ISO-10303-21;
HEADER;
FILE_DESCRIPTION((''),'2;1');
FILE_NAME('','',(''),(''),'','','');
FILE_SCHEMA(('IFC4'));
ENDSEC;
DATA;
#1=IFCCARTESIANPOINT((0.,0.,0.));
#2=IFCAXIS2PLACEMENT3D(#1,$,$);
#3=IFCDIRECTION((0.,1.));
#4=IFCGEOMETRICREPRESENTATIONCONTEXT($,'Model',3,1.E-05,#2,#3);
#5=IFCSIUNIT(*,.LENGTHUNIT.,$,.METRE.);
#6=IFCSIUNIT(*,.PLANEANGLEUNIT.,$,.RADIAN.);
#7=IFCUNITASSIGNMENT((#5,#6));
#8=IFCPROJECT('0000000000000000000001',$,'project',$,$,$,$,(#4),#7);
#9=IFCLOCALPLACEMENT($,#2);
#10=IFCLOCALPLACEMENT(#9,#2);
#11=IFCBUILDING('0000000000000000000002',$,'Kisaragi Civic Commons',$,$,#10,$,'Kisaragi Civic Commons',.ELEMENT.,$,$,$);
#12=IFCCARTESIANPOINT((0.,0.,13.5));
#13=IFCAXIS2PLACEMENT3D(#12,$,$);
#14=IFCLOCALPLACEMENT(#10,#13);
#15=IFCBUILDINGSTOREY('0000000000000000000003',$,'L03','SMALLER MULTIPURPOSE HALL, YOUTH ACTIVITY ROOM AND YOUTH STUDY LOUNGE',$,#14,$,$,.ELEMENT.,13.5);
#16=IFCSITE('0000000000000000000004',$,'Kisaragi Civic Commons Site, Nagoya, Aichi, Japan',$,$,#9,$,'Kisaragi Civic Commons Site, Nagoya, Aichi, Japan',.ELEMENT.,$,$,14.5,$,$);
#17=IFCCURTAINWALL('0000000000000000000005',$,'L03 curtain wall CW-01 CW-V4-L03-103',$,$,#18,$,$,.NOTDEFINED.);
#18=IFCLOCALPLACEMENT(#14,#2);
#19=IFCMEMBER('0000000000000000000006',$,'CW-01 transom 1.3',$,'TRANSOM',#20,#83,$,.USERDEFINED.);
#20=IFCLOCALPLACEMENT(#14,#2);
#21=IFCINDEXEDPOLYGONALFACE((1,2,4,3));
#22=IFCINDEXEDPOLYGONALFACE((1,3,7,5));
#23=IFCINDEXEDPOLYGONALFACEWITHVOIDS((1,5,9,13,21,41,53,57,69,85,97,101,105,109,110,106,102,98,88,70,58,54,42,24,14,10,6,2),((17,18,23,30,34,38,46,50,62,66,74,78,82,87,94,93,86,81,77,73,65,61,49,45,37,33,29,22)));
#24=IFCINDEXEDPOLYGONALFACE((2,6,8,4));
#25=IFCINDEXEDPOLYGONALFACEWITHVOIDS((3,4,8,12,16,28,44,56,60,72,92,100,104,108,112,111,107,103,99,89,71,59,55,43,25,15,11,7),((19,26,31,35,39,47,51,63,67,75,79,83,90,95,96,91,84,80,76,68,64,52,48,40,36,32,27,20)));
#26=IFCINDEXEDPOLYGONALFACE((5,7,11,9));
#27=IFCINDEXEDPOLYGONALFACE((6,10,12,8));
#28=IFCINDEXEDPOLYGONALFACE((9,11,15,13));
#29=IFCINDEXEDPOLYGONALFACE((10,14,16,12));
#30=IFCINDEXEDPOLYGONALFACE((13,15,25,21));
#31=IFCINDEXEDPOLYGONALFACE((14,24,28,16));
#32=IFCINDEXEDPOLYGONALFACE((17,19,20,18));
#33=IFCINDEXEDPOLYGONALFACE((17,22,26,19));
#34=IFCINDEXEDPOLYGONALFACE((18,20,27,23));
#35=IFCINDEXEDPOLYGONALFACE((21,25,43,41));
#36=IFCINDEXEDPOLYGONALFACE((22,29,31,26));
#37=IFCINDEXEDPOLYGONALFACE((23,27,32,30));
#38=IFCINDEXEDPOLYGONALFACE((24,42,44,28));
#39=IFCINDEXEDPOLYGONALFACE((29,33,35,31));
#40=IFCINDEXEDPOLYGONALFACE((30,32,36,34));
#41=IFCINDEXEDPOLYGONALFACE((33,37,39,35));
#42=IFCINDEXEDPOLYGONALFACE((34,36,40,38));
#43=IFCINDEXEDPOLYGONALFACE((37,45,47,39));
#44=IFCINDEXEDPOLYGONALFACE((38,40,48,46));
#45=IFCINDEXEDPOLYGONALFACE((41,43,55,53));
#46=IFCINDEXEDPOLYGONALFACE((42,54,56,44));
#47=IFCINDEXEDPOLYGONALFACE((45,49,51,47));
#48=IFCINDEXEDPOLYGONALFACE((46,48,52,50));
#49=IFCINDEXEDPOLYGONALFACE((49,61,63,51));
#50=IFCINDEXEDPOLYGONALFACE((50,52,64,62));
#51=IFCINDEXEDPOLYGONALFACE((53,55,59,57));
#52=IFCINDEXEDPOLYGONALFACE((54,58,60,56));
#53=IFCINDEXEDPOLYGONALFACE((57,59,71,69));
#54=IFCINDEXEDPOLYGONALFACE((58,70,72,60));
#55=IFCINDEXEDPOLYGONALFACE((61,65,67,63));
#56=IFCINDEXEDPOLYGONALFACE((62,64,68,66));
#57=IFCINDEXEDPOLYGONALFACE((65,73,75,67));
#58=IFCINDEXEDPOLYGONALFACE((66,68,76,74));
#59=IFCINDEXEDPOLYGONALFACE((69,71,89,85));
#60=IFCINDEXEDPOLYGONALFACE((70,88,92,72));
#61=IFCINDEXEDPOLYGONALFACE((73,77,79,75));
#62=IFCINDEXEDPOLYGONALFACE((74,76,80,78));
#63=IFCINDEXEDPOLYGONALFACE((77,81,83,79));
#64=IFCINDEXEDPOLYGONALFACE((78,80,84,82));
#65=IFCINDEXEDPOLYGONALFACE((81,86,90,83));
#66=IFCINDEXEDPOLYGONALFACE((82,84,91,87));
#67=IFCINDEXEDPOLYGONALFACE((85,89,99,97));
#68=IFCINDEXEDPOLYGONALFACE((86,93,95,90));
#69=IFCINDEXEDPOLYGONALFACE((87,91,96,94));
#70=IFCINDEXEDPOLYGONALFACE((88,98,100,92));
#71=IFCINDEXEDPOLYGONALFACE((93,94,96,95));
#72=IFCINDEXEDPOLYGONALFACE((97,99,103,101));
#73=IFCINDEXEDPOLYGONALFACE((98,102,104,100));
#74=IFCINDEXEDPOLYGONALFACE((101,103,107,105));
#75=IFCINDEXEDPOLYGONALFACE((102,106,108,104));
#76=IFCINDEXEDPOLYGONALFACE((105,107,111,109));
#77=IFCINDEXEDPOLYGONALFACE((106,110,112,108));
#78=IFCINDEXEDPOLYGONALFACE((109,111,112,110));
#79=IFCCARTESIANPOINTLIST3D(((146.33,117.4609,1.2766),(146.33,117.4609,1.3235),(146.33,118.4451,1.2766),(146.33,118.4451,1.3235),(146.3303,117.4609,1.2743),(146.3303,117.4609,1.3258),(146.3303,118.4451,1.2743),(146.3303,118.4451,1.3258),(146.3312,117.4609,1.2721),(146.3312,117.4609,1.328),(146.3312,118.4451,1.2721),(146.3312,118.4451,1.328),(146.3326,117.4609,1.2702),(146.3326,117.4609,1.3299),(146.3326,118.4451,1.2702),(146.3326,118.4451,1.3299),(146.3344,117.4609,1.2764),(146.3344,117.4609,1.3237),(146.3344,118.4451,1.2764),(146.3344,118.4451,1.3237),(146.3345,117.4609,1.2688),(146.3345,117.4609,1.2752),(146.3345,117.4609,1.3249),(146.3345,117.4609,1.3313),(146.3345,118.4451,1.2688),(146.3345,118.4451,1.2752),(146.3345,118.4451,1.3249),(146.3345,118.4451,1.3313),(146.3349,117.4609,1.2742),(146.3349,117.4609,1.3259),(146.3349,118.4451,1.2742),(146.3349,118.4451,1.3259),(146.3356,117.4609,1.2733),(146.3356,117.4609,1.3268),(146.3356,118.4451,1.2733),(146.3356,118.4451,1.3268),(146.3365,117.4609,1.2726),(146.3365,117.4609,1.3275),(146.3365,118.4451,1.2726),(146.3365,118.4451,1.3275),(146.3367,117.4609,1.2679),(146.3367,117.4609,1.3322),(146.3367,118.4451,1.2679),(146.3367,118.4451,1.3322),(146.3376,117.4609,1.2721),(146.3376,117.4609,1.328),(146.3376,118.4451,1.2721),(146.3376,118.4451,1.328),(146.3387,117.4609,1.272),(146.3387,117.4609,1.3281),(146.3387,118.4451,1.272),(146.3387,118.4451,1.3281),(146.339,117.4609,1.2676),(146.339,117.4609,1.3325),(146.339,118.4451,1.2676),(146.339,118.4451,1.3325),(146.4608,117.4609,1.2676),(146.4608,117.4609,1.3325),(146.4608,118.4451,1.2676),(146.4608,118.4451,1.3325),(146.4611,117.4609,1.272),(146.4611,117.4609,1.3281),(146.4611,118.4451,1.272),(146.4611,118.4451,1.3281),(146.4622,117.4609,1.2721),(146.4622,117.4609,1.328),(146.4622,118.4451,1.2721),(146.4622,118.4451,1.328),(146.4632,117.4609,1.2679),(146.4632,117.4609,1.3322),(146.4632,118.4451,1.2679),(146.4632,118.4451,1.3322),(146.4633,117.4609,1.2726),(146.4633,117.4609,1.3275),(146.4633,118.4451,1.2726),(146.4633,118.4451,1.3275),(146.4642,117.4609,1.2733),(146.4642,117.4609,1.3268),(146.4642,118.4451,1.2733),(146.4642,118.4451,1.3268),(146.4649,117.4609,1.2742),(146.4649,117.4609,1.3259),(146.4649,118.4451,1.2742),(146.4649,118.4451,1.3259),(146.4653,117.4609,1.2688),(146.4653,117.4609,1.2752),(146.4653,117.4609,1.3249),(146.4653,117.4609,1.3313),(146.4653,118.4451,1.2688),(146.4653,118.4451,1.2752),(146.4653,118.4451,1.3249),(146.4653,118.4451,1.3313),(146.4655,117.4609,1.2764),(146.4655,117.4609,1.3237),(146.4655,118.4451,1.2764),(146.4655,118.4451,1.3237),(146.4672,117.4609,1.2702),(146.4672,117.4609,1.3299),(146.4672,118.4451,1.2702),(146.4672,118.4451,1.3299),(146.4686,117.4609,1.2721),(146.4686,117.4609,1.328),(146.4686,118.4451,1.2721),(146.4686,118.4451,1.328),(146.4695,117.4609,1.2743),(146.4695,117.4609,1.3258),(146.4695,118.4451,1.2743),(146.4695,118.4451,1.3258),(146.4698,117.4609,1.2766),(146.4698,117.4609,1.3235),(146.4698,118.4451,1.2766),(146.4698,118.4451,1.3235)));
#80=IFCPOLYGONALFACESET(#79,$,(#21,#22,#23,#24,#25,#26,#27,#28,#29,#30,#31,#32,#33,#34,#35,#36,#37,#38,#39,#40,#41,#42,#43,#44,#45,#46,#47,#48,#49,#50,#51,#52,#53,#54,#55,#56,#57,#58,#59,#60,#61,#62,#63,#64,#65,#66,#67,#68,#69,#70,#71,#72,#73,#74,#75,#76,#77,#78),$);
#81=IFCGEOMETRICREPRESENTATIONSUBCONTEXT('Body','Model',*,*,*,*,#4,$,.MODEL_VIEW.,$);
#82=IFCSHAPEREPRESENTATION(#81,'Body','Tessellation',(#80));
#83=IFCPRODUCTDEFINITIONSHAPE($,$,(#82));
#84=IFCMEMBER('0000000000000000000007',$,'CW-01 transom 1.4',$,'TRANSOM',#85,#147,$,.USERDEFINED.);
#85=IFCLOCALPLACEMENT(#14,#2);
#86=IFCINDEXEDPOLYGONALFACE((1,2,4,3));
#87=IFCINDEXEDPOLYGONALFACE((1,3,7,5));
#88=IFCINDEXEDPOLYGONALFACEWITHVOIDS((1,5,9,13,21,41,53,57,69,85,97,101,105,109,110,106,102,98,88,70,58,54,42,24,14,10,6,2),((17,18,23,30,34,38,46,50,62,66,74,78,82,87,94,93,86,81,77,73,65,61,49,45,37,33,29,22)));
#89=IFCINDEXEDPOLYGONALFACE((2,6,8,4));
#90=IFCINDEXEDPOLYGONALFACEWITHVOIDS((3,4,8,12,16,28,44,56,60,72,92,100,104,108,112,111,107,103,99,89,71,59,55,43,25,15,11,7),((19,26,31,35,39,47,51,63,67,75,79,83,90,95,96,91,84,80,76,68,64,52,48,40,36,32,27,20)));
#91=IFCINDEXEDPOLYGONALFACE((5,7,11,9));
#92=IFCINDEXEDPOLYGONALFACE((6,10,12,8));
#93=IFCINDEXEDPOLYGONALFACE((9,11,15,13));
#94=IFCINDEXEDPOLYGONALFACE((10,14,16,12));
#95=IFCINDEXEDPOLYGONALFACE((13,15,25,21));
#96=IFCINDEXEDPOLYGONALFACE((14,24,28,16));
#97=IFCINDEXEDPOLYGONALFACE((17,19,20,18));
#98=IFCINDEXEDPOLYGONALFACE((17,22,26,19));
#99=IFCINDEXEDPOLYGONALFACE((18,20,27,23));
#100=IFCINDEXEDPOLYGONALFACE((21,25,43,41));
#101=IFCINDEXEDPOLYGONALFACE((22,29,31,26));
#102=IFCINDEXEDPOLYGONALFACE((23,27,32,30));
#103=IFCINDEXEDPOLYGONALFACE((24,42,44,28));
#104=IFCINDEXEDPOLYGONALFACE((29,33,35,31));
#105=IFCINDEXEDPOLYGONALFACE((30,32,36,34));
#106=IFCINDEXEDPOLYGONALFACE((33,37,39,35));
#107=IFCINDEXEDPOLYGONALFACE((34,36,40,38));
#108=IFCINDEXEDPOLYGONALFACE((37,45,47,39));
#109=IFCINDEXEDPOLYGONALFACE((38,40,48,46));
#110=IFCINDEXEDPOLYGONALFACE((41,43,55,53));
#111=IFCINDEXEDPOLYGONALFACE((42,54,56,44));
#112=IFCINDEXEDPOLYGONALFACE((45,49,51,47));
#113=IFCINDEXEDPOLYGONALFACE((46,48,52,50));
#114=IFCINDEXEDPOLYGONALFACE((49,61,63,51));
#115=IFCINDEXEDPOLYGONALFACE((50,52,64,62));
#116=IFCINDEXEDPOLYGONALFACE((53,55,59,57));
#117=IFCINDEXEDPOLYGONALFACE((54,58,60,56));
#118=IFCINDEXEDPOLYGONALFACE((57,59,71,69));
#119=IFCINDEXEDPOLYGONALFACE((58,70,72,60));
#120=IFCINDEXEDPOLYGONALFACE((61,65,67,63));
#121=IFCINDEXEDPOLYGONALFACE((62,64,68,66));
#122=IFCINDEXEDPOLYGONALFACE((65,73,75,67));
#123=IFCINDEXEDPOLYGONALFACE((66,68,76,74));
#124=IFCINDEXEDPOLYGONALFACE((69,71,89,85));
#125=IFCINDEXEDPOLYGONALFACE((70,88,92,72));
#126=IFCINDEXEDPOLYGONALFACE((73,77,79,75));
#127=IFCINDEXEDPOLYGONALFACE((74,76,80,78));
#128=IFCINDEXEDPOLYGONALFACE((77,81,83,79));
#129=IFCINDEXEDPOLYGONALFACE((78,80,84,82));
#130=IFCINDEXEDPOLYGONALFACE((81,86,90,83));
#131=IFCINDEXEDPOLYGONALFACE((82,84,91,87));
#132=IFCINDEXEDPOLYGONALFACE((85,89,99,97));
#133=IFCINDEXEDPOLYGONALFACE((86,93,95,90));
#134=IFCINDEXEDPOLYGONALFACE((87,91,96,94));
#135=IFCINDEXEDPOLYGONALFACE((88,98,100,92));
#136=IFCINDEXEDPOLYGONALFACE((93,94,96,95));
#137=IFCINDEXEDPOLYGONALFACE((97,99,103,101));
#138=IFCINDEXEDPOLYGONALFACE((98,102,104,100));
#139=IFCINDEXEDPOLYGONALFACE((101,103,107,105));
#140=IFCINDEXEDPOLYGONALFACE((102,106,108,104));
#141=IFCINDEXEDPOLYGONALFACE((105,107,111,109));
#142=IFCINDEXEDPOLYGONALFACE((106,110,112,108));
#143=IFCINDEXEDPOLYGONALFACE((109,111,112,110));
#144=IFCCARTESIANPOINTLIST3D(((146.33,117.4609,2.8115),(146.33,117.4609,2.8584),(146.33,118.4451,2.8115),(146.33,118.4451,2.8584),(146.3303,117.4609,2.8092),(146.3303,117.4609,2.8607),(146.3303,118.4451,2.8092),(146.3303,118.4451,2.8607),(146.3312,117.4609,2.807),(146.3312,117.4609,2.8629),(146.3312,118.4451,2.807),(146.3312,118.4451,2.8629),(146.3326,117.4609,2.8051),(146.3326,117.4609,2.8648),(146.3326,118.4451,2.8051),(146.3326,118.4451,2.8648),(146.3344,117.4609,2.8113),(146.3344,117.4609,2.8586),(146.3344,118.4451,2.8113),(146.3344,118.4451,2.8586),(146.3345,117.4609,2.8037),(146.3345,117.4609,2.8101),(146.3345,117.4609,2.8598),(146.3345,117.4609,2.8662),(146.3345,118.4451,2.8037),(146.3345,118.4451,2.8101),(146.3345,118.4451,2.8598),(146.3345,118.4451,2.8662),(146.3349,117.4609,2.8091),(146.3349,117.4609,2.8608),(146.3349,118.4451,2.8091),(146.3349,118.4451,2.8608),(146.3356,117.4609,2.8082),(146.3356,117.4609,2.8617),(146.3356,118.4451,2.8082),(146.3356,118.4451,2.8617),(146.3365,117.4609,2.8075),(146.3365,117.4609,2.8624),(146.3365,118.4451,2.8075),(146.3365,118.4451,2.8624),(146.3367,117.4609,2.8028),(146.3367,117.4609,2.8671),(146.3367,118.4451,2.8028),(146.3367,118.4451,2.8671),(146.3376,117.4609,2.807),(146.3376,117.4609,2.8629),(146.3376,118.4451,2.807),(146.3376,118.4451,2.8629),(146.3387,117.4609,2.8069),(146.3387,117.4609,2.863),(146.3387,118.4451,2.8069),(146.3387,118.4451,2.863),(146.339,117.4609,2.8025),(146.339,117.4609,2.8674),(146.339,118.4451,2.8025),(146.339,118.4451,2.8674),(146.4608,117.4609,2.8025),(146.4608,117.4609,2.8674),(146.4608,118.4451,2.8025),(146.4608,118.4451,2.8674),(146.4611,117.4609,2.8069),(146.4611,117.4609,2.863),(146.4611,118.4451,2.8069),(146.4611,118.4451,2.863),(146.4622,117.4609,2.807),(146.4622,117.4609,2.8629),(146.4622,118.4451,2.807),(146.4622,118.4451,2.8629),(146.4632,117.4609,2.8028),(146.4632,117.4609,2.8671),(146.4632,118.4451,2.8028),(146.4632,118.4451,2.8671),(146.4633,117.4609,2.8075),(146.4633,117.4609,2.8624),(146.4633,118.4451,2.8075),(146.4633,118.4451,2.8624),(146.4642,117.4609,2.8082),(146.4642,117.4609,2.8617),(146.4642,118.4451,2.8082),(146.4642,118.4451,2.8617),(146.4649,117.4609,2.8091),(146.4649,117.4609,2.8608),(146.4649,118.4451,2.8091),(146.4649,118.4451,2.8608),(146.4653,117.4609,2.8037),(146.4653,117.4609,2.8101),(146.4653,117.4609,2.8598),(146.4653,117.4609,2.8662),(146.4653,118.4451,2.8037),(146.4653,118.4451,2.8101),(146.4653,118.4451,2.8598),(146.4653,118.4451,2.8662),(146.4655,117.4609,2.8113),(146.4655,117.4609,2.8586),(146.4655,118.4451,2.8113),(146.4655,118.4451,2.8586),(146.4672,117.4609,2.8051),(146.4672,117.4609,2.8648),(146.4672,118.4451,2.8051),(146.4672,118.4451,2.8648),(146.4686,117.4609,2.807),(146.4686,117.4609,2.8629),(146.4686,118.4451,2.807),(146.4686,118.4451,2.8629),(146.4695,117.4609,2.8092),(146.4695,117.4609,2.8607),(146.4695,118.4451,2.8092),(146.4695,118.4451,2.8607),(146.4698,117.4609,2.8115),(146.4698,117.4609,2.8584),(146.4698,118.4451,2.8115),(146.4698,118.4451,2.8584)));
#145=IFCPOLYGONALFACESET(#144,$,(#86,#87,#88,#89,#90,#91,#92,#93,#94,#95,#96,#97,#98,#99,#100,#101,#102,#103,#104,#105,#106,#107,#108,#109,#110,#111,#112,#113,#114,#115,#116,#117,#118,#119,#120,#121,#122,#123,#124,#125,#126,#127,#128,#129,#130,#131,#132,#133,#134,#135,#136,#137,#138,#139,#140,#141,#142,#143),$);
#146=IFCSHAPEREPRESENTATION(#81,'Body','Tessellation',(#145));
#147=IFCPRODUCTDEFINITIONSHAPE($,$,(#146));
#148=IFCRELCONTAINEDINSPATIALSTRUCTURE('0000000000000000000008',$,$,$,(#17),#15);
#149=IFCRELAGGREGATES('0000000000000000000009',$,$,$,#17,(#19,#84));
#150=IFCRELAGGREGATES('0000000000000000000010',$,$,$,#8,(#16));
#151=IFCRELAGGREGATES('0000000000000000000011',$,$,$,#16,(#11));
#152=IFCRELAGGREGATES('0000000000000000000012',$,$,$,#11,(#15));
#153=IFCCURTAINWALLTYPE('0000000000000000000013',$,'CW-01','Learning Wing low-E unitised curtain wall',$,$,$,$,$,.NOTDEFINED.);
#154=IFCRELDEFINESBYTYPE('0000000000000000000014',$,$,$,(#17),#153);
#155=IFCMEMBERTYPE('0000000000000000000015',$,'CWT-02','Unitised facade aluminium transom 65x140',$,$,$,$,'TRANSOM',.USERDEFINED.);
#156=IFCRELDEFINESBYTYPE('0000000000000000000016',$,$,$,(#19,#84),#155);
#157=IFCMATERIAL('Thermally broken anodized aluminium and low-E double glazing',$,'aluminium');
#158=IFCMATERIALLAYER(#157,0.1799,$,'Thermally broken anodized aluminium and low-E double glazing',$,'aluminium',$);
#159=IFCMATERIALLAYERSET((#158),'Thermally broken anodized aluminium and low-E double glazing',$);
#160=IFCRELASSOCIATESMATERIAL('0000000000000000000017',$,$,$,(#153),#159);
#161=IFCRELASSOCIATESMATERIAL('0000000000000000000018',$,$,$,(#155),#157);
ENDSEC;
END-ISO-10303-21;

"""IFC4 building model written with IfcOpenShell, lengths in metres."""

from ifc_helpers import new_model, si_unit, direction, frame, origin, origin_2d, place, context, subcontext, project, spatial, hollow_rectangle, extrude, material, layer, layer_set, material_profile, profile_set, type_object, element, aggregate, save


model = new_model("IFC4")

# Units and contexts
model_context = context("Model", 3, precision=1e-05, world=origin(), true_north=direction((0.0, 1.0)))
body_context = subcontext(model_context, "Body", "Model", "MODEL_VIEW")
ifc_project = project(units=[si_unit("LENGTHUNIT", "METRE"), si_unit("PLANEANGLEUNIT", "RADIAN")], contexts=[model_context])

# Site, building, storey
site_placement = place(None, origin())
site = spatial("IfcSite", under=ifc_project, at=site_placement, Name="Kisaragi Civic Commons Site, Nagoya, Aichi, Japan", LongName="Kisaragi Civic Commons Site, Nagoya, Aichi, Japan", CompositionType="ELEMENT", RefElevation=14.5)
building_placement = place(site_placement, origin())
building = spatial("IfcBuilding", under=site, at=building_placement, Name="Kisaragi Civic Commons", LongName="Kisaragi Civic Commons", CompositionType="ELEMENT")
storey_placement = place(building_placement, frame((0.0, 0.0, 13.5)))
storey = spatial("IfcBuildingStorey", under=building, at=storey_placement, Name="L03", Description="SMALLER MULTIPURPOSE HALL, YOUTH ACTIVITY ROOM AND YOUTH STUDY LOUNGE", CompositionType="ELEMENT", Elevation=13.5)

# Shared definitions
ifc_material_1 = material(Name="Thermally broken anodized aluminium and low-E double glazing", Category="aluminium")
ifc_layer_1 = layer(ifc_material_1, 0.1799, Name="Thermally broken anodized aluminium and low-E double glazing", Category="aluminium")
ifc_layer_set_1 = layer_set([ifc_layer_1], Name="Thermally broken anodized aluminium and low-E double glazing")
curtain_wall_type = type_object("IfcCurtainWallType", Name="CW-01", Description="Learning Wing low-E unitised curtain wall", PredefinedType="NOTDEFINED", material=ifc_layer_set_1)

# Curtain wall
curtain_wall_1_placement = place(storey_placement, origin())
curtain_wall_1 = element("IfcCurtainWall", 1, at=curtain_wall_1_placement, inside=storey, type_object=curtain_wall_type, Name="L03 curtain wall CW-01 CW-V4-L03-103", PredefinedType="NOTDEFINED")

# Members
ifc_material_profile_1 = material_profile(ifc_material_1, hollow_rectangle(XDim=0.1399, YDim=0.0649, WallThickness=0.0044, InnerFilletRadius=0.0044, OuterFilletRadius=0.009, at=origin_2d()), Name="CWT-65x140x4.5", Category="aluminium")
ifc_profile_set_1 = profile_set([ifc_material_profile_1], Name="Thermally broken anodized aluminium and low-E double glazing")
member_type_1 = type_object("IfcMemberType", Name="CWT-02", Description="Unitised facade aluminium transom 65x140", ElementType="TRANSOM", PredefinedType="USERDEFINED", material=ifc_profile_set_1)
member_1_placement = place(storey_placement, frame((146.3999, 118.4451, 1.3), z_axis=(0.0, -1.0, 0.0), x_axis=(1.0, 0.0, 0.0)))
member_1 = element("IfcMember", 2, at=member_1_placement, type_object=member_type_1, Name="CW-01 transom 1.3", ObjectType="TRANSOM", PredefinedType="USERDEFINED", context=body_context, shape_type="SweptSolid", body=[
    extrude(hollow_rectangle(XDim=0.1399, YDim=0.0649, WallThickness=0.0044, InnerFilletRadius=0.0044, OuterFilletRadius=0.009, at=origin_2d()), origin(), (0.0, 0.0, 1.0), 0.9841),
])
member_2_placement = place(storey_placement, frame((146.3999, 118.4451, 2.835), z_axis=(0.0, -1.0, 0.0), x_axis=(1.0, 0.0, 0.0)))
member_2 = element("IfcMember", 3, at=member_2_placement, type_object=member_type_1, Name="CW-01 transom 1.4", ObjectType="TRANSOM", PredefinedType="USERDEFINED", context=body_context, shape_type="SweptSolid", body=[
    extrude(hollow_rectangle(XDim=0.1399, YDim=0.0649, WallThickness=0.0044, InnerFilletRadius=0.0044, OuterFilletRadius=0.009, at=origin_2d()), origin(), (0.0, 0.0, 1.0), 0.9841),
])

aggregate(curtain_wall_1, [member_1, member_2])

save(model, "model.ifc")
